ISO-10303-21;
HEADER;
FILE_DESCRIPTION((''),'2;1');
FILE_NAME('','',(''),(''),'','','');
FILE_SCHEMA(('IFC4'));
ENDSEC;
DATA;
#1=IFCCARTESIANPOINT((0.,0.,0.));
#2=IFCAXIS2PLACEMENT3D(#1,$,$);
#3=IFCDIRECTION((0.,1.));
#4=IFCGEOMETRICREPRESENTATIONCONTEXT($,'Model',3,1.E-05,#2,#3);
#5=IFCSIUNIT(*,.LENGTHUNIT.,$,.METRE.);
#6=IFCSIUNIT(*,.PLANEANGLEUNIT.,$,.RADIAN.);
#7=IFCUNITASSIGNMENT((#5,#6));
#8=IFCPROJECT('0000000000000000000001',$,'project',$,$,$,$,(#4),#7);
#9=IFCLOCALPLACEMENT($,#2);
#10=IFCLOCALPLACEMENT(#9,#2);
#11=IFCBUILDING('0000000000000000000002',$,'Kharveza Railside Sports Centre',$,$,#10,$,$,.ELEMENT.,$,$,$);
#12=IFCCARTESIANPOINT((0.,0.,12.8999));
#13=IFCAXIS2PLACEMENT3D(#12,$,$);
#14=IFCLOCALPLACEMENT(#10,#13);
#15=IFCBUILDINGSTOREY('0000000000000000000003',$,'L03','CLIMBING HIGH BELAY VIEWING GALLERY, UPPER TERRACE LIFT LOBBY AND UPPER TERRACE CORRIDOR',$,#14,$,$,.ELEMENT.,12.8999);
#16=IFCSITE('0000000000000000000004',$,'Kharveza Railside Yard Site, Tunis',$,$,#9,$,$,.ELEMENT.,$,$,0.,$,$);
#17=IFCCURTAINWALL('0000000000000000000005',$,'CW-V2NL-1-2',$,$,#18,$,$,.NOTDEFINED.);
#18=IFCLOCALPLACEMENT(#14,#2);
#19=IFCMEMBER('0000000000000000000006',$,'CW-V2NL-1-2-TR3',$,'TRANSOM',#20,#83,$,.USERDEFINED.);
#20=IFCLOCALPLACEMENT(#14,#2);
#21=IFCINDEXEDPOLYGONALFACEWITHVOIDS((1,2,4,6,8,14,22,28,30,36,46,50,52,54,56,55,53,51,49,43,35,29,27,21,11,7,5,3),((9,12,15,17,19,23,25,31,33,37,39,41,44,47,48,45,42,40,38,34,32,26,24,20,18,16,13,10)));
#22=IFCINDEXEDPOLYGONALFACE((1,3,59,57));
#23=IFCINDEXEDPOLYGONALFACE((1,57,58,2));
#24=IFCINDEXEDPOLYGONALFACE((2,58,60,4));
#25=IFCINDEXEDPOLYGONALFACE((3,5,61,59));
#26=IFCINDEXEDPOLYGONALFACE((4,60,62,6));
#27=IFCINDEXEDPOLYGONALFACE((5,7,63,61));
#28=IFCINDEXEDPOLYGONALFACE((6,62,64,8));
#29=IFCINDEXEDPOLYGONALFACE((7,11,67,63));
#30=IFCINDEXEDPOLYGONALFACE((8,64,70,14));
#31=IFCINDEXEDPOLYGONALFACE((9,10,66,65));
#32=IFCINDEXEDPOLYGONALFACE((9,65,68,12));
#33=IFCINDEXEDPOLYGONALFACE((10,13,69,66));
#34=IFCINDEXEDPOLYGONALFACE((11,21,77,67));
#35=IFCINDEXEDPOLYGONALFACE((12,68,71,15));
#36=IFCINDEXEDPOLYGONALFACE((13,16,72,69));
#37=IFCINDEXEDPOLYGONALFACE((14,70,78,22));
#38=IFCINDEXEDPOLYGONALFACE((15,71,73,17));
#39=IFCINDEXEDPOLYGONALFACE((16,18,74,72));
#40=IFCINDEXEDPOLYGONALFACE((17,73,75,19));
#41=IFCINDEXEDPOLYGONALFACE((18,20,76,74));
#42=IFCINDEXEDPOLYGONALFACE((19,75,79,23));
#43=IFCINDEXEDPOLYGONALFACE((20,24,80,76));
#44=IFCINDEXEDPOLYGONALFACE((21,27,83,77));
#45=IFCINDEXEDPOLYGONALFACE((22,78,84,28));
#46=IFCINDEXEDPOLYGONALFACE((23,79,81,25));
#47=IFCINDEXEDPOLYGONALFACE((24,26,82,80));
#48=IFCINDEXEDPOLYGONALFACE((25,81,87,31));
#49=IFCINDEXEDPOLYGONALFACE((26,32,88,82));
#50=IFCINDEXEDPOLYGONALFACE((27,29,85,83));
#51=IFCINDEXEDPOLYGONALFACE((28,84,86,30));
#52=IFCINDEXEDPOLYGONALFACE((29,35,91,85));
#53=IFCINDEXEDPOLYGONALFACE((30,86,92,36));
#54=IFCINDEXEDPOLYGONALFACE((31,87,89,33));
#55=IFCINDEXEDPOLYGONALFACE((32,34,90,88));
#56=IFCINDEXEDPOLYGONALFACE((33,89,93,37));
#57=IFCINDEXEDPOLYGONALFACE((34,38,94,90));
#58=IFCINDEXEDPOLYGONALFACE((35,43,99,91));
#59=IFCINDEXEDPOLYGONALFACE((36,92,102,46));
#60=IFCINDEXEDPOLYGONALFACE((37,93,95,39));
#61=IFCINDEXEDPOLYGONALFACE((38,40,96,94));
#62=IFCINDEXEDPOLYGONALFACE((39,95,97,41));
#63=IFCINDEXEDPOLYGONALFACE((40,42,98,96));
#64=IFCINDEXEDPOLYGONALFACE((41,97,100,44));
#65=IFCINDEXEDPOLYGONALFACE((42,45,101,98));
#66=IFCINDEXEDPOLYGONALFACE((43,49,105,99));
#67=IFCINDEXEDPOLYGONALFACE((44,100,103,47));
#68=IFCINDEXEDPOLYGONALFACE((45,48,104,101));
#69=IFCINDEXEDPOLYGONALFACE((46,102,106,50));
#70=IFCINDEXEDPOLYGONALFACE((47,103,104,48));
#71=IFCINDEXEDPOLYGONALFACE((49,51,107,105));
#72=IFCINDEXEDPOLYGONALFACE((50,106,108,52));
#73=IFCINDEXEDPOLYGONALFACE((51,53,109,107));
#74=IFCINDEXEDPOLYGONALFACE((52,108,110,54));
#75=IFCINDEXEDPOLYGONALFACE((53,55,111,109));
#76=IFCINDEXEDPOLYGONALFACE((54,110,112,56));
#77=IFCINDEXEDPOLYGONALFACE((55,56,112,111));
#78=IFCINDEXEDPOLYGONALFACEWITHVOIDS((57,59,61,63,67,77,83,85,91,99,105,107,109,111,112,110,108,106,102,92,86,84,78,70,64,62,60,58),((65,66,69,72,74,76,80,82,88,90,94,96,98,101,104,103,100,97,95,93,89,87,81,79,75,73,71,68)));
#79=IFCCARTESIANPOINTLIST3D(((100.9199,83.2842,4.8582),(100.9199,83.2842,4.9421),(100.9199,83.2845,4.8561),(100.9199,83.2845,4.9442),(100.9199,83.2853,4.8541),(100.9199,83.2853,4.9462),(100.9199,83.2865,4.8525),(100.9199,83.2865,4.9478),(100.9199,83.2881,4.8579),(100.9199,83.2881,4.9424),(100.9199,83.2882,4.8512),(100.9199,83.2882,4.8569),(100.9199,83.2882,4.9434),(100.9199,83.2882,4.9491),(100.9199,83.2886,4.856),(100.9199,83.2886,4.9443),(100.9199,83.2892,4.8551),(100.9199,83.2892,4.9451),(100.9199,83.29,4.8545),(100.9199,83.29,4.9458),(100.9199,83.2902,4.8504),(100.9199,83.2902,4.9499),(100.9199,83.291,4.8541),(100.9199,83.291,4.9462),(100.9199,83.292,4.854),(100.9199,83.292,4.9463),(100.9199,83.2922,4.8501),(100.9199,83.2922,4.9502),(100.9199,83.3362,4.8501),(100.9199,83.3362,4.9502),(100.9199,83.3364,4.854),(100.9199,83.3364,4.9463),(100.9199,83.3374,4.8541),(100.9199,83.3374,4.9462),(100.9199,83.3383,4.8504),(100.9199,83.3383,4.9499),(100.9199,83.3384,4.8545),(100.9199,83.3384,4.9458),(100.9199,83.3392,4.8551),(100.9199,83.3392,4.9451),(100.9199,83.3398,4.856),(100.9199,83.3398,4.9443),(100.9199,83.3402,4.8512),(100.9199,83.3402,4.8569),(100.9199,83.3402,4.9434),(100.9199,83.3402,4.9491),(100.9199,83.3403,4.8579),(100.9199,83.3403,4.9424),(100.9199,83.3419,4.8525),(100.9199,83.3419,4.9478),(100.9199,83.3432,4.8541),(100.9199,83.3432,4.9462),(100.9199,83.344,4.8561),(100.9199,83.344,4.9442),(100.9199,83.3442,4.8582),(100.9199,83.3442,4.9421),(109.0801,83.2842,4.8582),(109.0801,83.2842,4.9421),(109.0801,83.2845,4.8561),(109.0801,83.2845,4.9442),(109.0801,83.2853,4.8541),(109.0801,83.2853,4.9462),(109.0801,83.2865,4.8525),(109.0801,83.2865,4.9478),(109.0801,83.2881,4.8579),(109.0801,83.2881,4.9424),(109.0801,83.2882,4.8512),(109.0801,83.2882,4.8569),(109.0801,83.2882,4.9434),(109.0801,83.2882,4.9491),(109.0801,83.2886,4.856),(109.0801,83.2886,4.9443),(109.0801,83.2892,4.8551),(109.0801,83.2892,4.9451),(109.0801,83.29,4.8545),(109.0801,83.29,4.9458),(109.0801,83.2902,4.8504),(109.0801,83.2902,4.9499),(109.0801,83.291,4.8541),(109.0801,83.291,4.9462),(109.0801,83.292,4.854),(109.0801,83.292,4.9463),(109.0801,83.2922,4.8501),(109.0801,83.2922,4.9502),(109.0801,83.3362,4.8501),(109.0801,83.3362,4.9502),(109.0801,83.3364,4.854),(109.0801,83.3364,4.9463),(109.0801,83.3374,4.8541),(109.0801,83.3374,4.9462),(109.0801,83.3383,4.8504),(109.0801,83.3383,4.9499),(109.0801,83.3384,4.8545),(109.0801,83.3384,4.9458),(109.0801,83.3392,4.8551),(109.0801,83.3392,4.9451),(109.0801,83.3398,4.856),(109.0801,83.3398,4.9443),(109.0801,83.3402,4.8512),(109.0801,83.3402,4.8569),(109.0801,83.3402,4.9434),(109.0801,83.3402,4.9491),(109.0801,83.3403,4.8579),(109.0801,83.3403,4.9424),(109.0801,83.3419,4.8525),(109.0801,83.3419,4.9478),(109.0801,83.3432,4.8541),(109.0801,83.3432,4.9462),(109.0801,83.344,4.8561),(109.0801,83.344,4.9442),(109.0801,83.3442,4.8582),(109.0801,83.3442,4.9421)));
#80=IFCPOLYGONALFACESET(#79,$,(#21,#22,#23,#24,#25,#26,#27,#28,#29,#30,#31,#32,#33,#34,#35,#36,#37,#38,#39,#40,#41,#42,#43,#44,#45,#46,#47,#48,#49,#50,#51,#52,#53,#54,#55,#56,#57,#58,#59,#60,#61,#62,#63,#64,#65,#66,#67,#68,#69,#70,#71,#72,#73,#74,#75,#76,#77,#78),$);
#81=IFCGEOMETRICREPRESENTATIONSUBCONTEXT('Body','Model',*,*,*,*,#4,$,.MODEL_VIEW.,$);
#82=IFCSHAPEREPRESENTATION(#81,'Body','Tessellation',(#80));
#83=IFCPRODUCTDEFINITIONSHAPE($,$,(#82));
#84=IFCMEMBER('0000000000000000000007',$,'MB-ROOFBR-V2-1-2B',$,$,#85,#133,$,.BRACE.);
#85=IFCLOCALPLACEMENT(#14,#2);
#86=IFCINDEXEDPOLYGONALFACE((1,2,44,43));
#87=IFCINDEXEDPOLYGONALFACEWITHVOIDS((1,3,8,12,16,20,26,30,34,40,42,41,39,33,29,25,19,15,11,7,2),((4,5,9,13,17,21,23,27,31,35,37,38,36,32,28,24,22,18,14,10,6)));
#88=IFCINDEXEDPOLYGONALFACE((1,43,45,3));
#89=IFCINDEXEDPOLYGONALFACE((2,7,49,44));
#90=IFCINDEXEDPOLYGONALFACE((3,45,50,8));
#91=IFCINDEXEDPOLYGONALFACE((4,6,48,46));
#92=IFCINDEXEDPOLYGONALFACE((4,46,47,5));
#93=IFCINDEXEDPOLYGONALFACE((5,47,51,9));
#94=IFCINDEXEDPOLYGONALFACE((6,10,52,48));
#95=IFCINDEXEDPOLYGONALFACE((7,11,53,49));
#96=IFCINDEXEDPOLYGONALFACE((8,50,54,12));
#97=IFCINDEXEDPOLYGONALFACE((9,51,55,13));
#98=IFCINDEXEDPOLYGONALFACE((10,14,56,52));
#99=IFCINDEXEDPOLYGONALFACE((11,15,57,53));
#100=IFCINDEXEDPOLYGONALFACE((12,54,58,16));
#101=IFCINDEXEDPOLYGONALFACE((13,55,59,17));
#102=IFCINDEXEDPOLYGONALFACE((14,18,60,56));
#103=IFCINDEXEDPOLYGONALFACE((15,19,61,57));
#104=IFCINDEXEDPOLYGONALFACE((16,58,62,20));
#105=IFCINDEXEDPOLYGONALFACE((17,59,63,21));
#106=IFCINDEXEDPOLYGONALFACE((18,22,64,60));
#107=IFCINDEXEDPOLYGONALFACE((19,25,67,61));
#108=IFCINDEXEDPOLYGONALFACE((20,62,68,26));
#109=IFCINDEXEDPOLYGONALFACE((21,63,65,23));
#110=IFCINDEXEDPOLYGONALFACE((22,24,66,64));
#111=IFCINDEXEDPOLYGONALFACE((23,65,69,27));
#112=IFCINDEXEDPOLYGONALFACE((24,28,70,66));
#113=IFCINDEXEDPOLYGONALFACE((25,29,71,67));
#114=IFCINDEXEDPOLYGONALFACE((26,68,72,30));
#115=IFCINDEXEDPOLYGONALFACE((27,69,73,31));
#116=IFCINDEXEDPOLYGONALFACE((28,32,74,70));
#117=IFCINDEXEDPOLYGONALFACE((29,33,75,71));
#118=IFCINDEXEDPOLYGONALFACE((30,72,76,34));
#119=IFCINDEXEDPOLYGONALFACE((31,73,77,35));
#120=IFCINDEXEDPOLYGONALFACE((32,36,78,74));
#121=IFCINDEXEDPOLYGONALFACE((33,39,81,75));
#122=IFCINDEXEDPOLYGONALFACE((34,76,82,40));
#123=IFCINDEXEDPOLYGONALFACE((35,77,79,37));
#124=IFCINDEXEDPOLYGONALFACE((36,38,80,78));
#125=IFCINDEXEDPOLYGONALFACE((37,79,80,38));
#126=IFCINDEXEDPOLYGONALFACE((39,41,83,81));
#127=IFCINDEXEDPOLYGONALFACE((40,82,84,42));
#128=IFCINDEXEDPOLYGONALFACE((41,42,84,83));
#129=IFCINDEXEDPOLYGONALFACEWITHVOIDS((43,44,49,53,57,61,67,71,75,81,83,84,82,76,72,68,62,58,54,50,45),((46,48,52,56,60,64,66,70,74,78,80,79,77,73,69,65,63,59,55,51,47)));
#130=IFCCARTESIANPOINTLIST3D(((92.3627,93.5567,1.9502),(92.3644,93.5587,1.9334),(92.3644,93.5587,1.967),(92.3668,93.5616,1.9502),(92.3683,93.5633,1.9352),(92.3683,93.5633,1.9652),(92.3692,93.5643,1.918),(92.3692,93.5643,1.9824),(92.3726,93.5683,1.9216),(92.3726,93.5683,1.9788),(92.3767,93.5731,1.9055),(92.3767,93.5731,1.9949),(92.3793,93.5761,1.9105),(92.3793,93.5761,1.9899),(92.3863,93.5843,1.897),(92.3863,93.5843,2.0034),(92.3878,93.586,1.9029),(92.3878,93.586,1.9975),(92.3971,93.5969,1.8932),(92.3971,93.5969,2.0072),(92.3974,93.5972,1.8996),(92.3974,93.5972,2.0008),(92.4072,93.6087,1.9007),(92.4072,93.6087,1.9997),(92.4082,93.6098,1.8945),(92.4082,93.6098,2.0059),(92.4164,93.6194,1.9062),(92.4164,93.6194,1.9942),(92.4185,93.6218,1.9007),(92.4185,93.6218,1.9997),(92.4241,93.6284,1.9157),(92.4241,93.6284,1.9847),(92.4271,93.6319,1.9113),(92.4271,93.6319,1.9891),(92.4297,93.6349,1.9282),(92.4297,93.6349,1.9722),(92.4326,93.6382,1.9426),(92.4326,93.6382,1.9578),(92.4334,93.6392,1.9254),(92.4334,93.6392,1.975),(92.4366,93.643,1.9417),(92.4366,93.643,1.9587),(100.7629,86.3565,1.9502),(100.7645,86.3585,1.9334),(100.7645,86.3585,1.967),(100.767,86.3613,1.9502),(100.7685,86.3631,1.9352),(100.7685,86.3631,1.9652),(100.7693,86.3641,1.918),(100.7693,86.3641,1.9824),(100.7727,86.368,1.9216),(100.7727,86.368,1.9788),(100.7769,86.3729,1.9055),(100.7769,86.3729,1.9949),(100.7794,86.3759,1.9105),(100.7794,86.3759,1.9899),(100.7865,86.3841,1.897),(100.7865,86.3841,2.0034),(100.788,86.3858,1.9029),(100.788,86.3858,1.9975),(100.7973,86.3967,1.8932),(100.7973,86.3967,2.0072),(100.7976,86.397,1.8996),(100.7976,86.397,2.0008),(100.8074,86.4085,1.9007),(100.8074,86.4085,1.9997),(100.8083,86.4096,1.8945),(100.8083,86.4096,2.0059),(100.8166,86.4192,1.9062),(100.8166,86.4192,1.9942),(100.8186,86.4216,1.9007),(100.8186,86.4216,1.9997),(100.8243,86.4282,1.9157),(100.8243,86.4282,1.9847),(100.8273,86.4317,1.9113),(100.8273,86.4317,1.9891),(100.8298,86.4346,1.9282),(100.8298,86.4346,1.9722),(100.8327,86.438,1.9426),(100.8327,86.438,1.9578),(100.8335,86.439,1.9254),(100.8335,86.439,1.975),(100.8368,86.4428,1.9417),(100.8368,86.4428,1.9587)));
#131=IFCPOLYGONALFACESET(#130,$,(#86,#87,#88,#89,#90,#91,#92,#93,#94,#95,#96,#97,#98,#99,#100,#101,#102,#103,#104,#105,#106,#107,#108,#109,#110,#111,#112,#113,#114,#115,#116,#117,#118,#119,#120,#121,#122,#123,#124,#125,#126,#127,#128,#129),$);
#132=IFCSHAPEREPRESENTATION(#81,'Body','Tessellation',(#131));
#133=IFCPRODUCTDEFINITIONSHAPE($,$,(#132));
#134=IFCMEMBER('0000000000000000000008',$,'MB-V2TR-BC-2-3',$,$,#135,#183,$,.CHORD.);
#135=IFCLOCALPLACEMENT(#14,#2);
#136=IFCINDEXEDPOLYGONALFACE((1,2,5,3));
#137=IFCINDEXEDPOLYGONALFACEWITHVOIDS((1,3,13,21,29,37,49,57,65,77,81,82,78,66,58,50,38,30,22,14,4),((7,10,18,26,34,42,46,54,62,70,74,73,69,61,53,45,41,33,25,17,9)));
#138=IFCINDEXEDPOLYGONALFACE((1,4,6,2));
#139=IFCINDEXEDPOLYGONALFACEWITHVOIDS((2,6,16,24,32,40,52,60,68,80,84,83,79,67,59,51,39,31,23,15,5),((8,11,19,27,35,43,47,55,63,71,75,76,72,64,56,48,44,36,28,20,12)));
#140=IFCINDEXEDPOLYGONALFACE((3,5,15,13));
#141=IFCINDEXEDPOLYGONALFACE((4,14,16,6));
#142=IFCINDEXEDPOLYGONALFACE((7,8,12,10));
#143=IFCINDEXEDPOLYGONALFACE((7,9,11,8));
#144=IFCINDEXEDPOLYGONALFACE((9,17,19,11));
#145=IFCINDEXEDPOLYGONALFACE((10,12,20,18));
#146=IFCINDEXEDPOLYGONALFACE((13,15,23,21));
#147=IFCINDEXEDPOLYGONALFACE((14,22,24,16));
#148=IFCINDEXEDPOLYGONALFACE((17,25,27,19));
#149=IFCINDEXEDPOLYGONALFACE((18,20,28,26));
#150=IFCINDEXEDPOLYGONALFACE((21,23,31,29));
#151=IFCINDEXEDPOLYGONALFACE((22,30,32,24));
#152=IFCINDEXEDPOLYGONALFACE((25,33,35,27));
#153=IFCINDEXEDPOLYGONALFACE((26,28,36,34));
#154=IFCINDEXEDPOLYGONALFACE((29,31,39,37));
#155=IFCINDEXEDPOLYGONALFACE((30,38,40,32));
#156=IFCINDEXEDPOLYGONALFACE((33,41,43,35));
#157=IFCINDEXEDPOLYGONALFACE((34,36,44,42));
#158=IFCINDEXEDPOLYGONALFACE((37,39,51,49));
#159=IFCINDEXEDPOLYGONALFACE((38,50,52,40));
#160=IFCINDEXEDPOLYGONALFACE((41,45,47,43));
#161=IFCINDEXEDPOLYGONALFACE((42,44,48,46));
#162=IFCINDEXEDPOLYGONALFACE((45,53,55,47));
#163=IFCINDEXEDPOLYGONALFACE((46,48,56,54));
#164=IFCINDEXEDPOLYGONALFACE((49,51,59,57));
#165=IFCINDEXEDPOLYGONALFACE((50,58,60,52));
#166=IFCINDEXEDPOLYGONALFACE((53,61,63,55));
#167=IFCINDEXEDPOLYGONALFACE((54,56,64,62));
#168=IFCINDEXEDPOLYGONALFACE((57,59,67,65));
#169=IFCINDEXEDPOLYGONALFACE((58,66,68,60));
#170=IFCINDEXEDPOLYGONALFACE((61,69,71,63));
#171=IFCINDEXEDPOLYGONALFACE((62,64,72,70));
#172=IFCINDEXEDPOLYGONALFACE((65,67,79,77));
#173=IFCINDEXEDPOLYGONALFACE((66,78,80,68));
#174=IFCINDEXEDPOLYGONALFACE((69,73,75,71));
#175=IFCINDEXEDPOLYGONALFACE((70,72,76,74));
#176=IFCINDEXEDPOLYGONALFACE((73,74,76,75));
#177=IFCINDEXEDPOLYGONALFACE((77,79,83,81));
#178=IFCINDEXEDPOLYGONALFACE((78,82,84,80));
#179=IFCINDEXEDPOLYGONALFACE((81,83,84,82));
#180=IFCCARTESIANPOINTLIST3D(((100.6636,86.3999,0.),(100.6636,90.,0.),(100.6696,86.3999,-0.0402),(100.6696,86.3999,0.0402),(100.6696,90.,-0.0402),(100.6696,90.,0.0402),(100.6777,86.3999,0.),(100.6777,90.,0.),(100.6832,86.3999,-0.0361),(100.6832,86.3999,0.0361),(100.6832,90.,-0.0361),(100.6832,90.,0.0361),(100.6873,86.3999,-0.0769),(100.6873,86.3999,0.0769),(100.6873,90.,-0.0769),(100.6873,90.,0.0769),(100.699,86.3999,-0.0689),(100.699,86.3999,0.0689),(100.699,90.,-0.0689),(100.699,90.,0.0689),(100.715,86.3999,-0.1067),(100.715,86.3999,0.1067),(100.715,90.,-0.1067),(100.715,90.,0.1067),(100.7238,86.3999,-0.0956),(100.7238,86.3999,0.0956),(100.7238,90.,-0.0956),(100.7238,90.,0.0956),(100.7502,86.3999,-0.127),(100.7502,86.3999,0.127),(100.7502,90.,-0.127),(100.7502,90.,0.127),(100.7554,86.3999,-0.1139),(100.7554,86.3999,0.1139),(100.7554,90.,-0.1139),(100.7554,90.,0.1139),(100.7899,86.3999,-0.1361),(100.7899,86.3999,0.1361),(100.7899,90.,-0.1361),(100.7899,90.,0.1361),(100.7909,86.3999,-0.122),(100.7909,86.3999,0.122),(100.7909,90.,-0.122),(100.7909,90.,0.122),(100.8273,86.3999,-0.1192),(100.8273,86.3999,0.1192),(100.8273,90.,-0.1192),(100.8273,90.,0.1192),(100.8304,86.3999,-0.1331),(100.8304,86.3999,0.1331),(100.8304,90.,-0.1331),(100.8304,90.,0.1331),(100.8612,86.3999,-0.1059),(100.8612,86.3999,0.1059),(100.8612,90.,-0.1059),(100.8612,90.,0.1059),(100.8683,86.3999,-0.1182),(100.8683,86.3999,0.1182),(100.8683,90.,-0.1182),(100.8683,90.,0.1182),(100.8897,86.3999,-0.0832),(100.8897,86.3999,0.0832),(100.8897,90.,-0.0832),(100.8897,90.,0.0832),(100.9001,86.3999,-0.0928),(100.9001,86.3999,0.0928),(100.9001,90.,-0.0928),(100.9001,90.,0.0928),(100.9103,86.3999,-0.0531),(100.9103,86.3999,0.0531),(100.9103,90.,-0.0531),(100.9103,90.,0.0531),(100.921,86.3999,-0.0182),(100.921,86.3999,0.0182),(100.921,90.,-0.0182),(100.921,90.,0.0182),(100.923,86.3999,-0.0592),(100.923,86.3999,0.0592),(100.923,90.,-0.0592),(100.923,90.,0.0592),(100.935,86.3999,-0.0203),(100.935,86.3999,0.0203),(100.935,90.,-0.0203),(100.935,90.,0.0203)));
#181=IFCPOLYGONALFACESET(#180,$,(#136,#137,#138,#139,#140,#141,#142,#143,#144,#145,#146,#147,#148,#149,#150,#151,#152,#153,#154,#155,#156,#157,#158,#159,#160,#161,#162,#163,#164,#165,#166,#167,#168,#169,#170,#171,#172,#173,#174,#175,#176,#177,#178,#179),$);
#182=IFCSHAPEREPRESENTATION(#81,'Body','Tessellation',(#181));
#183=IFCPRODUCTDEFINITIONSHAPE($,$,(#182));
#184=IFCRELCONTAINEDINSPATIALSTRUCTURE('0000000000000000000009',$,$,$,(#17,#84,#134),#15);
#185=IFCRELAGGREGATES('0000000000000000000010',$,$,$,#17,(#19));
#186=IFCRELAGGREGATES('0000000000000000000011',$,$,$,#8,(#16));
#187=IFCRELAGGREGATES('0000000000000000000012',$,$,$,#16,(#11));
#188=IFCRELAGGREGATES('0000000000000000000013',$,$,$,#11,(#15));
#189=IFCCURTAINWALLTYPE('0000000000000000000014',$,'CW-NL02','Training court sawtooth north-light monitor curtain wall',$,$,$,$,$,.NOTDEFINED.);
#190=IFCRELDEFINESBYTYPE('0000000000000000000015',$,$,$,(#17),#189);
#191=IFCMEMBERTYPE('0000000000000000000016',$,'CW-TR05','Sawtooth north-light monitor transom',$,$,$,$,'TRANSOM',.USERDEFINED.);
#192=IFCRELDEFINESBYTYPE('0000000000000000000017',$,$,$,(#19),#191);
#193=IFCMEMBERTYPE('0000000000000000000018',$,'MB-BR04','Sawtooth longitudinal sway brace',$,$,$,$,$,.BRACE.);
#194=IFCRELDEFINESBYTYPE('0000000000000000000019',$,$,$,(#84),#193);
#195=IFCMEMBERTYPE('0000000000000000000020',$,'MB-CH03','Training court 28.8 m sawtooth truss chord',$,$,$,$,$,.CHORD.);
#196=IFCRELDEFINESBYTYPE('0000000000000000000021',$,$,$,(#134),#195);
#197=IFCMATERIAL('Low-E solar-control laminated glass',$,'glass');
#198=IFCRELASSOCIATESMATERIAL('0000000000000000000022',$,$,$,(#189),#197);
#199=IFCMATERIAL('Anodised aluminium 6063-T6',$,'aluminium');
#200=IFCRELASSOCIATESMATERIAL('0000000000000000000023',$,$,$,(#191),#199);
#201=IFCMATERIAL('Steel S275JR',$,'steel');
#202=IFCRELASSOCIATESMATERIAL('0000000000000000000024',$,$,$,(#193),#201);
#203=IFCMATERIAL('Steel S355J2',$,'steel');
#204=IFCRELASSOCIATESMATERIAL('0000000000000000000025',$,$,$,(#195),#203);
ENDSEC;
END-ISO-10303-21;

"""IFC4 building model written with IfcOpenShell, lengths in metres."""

from ifc_helpers import new_model, si_unit, direction, frame, origin, origin_2d, place, context, subcontext, project, spatial, hollow_rectangle, hollow_circle, extrude, material, material_profile, profile_set, type_object, element, aggregate, save


model = new_model("IFC4")

# Units and contexts
model_context = context("Model", 3, precision=1e-05, world=origin(), true_north=direction((0.0, 1.0)))
body_context = subcontext(model_context, "Body", "Model", "MODEL_VIEW")
ifc_project = project(units=[si_unit("LENGTHUNIT", "METRE"), si_unit("PLANEANGLEUNIT", "RADIAN")], contexts=[model_context])

# Site, building, storey
site_placement = place(None, origin())
site = spatial("IfcSite", under=ifc_project, at=site_placement, Name="Kharveza Railside Yard Site, Tunis", CompositionType="ELEMENT", RefElevation=0.0)
building_placement = place(site_placement, origin())
building = spatial("IfcBuilding", under=site, at=building_placement, Name="Kharveza Railside Sports Centre", CompositionType="ELEMENT")
storey_placement = place(building_placement, frame((0.0, 0.0, 12.8999)))
storey = spatial("IfcBuildingStorey", under=building, at=storey_placement, Name="L03", Description="CLIMBING HIGH BELAY VIEWING GALLERY, UPPER TERRACE LIFT LOBBY AND UPPER TERRACE CORRIDOR", CompositionType="ELEMENT", Elevation=12.8999)

# Shared definitions
ifc_material_1 = material(Name="Steel S355J2", Category="steel")
ifc_material_2 = material(Name="Steel S275JR", Category="steel")

# Shared definitions
ifc_material_3 = material(Name="Low-E solar-control laminated glass", Category="glass")
curtain_wall_type = type_object("IfcCurtainWallType", Name="CW-NL02", Description="Training court sawtooth north-light monitor curtain wall", PredefinedType="NOTDEFINED", material=ifc_material_3)
ifc_material_4 = material(Name="Anodised aluminium 6063-T6", Category="aluminium")

# Curtain wall, member
curtain_wall_1_placement = place(storey_placement, origin())
curtain_wall_1 = element("IfcCurtainWall", 1, at=curtain_wall_1_placement, inside=storey, type_object=curtain_wall_type, Name="CW-V2NL-1-2", PredefinedType="NOTDEFINED")
ifc_material_profile_1 = material_profile(ifc_material_4, hollow_rectangle(XDim=0.0601, YDim=0.1001, WallThickness=0.0039, InnerFilletRadius=0.0039, OuterFilletRadius=0.0081, at=origin_2d()), Name="RHS 60x100x4.0")
ifc_profile_set_1 = profile_set([ifc_material_profile_1], Name="Anodised aluminium 6063-T6")
member_type_1 = type_object("IfcMemberType", Name="CW-TR05", Description="Sawtooth north-light monitor transom", ElementType="TRANSOM", PredefinedType="USERDEFINED", material=ifc_profile_set_1)
member_1_placement = place(storey_placement, frame((100.9199, 83.3142, 4.9001), z_axis=(1.0, 0.0, 0.0), x_axis=(0.0, 1.0, 0.0)))
member_1 = element("IfcMember", 2, at=member_1_placement, type_object=member_type_1, Name="CW-V2NL-1-2-TR3", ObjectType="TRANSOM", PredefinedType="USERDEFINED", context=body_context, shape_type="SweptSolid", body=[
    extrude(hollow_rectangle(XDim=0.0601, YDim=0.1001, WallThickness=0.0039, InnerFilletRadius=0.0039, OuterFilletRadius=0.0081, at=origin_2d()), origin(), (0.0, 0.0, 1.0), 8.1602),
])

# Members
ifc_material_profile_2 = material_profile(ifc_material_2, hollow_circle(Radius=0.0571, WallThickness=0.0063, at=origin_2d()), Name="CHS 114.3x6.3")
ifc_profile_set_2 = profile_set([ifc_material_profile_2], Name="Steel S275JR")
member_type_2 = type_object("IfcMemberType", Name="MB-BR04", Description="Sawtooth longitudinal sway brace", PredefinedType="BRACE", material=ifc_profile_set_2)
member_2_placement = place(storey_placement, frame((100.8, 86.3999, 1.9502), z_axis=(-0.759253, 0.650795, 0.0), x_axis=(-0.650795, -0.759253, 0.0)))
element("IfcMember", 3, at=member_2_placement, inside=storey, type_object=member_type_2, Name="MB-ROOFBR-V2-1-2B", PredefinedType="BRACE", context=body_context, shape_type="SweptSolid", body=[
    extrude(hollow_circle(Radius=0.0571, WallThickness=0.0063, at=origin_2d()), origin(), (0.0, 0.0, 1.0), 11.0637),
])
ifc_material_profile_3 = material_profile(ifc_material_1, hollow_circle(Radius=0.1365, WallThickness=0.0142, at=origin_2d()), Name="CHS 273.0x14.2")
ifc_profile_set_3 = profile_set([ifc_material_profile_3], Name="Steel S355J2")
member_type_3 = type_object("IfcMemberType", Name="MB-CH03", Description="Training court 28.8 m sawtooth truss chord", PredefinedType="CHORD", material=ifc_profile_set_3)
for number, where, z_axis, x_axis, name in (
    (4, (100.8, 86.3999, 0.0), (0.0, 1.0, 0.0), (-1.0, 0.0, 0.0), "MB-V2TR-BC-2-3"),
):
    element("IfcMember", number, at=place(storey_placement, frame(where, z_axis=z_axis, x_axis=x_axis)), inside=storey, type_object=member_type_3, Name=name, PredefinedType="CHORD", context=body_context, shape_type="SweptSolid", body=[
        extrude(hollow_circle(Radius=0.1365, WallThickness=0.0142, at=origin_2d()), origin(), (0.0, 0.0, 1.0), 3.6001),
    ])

aggregate(curtain_wall_1, [member_1])

save(model, "model.ifc")
